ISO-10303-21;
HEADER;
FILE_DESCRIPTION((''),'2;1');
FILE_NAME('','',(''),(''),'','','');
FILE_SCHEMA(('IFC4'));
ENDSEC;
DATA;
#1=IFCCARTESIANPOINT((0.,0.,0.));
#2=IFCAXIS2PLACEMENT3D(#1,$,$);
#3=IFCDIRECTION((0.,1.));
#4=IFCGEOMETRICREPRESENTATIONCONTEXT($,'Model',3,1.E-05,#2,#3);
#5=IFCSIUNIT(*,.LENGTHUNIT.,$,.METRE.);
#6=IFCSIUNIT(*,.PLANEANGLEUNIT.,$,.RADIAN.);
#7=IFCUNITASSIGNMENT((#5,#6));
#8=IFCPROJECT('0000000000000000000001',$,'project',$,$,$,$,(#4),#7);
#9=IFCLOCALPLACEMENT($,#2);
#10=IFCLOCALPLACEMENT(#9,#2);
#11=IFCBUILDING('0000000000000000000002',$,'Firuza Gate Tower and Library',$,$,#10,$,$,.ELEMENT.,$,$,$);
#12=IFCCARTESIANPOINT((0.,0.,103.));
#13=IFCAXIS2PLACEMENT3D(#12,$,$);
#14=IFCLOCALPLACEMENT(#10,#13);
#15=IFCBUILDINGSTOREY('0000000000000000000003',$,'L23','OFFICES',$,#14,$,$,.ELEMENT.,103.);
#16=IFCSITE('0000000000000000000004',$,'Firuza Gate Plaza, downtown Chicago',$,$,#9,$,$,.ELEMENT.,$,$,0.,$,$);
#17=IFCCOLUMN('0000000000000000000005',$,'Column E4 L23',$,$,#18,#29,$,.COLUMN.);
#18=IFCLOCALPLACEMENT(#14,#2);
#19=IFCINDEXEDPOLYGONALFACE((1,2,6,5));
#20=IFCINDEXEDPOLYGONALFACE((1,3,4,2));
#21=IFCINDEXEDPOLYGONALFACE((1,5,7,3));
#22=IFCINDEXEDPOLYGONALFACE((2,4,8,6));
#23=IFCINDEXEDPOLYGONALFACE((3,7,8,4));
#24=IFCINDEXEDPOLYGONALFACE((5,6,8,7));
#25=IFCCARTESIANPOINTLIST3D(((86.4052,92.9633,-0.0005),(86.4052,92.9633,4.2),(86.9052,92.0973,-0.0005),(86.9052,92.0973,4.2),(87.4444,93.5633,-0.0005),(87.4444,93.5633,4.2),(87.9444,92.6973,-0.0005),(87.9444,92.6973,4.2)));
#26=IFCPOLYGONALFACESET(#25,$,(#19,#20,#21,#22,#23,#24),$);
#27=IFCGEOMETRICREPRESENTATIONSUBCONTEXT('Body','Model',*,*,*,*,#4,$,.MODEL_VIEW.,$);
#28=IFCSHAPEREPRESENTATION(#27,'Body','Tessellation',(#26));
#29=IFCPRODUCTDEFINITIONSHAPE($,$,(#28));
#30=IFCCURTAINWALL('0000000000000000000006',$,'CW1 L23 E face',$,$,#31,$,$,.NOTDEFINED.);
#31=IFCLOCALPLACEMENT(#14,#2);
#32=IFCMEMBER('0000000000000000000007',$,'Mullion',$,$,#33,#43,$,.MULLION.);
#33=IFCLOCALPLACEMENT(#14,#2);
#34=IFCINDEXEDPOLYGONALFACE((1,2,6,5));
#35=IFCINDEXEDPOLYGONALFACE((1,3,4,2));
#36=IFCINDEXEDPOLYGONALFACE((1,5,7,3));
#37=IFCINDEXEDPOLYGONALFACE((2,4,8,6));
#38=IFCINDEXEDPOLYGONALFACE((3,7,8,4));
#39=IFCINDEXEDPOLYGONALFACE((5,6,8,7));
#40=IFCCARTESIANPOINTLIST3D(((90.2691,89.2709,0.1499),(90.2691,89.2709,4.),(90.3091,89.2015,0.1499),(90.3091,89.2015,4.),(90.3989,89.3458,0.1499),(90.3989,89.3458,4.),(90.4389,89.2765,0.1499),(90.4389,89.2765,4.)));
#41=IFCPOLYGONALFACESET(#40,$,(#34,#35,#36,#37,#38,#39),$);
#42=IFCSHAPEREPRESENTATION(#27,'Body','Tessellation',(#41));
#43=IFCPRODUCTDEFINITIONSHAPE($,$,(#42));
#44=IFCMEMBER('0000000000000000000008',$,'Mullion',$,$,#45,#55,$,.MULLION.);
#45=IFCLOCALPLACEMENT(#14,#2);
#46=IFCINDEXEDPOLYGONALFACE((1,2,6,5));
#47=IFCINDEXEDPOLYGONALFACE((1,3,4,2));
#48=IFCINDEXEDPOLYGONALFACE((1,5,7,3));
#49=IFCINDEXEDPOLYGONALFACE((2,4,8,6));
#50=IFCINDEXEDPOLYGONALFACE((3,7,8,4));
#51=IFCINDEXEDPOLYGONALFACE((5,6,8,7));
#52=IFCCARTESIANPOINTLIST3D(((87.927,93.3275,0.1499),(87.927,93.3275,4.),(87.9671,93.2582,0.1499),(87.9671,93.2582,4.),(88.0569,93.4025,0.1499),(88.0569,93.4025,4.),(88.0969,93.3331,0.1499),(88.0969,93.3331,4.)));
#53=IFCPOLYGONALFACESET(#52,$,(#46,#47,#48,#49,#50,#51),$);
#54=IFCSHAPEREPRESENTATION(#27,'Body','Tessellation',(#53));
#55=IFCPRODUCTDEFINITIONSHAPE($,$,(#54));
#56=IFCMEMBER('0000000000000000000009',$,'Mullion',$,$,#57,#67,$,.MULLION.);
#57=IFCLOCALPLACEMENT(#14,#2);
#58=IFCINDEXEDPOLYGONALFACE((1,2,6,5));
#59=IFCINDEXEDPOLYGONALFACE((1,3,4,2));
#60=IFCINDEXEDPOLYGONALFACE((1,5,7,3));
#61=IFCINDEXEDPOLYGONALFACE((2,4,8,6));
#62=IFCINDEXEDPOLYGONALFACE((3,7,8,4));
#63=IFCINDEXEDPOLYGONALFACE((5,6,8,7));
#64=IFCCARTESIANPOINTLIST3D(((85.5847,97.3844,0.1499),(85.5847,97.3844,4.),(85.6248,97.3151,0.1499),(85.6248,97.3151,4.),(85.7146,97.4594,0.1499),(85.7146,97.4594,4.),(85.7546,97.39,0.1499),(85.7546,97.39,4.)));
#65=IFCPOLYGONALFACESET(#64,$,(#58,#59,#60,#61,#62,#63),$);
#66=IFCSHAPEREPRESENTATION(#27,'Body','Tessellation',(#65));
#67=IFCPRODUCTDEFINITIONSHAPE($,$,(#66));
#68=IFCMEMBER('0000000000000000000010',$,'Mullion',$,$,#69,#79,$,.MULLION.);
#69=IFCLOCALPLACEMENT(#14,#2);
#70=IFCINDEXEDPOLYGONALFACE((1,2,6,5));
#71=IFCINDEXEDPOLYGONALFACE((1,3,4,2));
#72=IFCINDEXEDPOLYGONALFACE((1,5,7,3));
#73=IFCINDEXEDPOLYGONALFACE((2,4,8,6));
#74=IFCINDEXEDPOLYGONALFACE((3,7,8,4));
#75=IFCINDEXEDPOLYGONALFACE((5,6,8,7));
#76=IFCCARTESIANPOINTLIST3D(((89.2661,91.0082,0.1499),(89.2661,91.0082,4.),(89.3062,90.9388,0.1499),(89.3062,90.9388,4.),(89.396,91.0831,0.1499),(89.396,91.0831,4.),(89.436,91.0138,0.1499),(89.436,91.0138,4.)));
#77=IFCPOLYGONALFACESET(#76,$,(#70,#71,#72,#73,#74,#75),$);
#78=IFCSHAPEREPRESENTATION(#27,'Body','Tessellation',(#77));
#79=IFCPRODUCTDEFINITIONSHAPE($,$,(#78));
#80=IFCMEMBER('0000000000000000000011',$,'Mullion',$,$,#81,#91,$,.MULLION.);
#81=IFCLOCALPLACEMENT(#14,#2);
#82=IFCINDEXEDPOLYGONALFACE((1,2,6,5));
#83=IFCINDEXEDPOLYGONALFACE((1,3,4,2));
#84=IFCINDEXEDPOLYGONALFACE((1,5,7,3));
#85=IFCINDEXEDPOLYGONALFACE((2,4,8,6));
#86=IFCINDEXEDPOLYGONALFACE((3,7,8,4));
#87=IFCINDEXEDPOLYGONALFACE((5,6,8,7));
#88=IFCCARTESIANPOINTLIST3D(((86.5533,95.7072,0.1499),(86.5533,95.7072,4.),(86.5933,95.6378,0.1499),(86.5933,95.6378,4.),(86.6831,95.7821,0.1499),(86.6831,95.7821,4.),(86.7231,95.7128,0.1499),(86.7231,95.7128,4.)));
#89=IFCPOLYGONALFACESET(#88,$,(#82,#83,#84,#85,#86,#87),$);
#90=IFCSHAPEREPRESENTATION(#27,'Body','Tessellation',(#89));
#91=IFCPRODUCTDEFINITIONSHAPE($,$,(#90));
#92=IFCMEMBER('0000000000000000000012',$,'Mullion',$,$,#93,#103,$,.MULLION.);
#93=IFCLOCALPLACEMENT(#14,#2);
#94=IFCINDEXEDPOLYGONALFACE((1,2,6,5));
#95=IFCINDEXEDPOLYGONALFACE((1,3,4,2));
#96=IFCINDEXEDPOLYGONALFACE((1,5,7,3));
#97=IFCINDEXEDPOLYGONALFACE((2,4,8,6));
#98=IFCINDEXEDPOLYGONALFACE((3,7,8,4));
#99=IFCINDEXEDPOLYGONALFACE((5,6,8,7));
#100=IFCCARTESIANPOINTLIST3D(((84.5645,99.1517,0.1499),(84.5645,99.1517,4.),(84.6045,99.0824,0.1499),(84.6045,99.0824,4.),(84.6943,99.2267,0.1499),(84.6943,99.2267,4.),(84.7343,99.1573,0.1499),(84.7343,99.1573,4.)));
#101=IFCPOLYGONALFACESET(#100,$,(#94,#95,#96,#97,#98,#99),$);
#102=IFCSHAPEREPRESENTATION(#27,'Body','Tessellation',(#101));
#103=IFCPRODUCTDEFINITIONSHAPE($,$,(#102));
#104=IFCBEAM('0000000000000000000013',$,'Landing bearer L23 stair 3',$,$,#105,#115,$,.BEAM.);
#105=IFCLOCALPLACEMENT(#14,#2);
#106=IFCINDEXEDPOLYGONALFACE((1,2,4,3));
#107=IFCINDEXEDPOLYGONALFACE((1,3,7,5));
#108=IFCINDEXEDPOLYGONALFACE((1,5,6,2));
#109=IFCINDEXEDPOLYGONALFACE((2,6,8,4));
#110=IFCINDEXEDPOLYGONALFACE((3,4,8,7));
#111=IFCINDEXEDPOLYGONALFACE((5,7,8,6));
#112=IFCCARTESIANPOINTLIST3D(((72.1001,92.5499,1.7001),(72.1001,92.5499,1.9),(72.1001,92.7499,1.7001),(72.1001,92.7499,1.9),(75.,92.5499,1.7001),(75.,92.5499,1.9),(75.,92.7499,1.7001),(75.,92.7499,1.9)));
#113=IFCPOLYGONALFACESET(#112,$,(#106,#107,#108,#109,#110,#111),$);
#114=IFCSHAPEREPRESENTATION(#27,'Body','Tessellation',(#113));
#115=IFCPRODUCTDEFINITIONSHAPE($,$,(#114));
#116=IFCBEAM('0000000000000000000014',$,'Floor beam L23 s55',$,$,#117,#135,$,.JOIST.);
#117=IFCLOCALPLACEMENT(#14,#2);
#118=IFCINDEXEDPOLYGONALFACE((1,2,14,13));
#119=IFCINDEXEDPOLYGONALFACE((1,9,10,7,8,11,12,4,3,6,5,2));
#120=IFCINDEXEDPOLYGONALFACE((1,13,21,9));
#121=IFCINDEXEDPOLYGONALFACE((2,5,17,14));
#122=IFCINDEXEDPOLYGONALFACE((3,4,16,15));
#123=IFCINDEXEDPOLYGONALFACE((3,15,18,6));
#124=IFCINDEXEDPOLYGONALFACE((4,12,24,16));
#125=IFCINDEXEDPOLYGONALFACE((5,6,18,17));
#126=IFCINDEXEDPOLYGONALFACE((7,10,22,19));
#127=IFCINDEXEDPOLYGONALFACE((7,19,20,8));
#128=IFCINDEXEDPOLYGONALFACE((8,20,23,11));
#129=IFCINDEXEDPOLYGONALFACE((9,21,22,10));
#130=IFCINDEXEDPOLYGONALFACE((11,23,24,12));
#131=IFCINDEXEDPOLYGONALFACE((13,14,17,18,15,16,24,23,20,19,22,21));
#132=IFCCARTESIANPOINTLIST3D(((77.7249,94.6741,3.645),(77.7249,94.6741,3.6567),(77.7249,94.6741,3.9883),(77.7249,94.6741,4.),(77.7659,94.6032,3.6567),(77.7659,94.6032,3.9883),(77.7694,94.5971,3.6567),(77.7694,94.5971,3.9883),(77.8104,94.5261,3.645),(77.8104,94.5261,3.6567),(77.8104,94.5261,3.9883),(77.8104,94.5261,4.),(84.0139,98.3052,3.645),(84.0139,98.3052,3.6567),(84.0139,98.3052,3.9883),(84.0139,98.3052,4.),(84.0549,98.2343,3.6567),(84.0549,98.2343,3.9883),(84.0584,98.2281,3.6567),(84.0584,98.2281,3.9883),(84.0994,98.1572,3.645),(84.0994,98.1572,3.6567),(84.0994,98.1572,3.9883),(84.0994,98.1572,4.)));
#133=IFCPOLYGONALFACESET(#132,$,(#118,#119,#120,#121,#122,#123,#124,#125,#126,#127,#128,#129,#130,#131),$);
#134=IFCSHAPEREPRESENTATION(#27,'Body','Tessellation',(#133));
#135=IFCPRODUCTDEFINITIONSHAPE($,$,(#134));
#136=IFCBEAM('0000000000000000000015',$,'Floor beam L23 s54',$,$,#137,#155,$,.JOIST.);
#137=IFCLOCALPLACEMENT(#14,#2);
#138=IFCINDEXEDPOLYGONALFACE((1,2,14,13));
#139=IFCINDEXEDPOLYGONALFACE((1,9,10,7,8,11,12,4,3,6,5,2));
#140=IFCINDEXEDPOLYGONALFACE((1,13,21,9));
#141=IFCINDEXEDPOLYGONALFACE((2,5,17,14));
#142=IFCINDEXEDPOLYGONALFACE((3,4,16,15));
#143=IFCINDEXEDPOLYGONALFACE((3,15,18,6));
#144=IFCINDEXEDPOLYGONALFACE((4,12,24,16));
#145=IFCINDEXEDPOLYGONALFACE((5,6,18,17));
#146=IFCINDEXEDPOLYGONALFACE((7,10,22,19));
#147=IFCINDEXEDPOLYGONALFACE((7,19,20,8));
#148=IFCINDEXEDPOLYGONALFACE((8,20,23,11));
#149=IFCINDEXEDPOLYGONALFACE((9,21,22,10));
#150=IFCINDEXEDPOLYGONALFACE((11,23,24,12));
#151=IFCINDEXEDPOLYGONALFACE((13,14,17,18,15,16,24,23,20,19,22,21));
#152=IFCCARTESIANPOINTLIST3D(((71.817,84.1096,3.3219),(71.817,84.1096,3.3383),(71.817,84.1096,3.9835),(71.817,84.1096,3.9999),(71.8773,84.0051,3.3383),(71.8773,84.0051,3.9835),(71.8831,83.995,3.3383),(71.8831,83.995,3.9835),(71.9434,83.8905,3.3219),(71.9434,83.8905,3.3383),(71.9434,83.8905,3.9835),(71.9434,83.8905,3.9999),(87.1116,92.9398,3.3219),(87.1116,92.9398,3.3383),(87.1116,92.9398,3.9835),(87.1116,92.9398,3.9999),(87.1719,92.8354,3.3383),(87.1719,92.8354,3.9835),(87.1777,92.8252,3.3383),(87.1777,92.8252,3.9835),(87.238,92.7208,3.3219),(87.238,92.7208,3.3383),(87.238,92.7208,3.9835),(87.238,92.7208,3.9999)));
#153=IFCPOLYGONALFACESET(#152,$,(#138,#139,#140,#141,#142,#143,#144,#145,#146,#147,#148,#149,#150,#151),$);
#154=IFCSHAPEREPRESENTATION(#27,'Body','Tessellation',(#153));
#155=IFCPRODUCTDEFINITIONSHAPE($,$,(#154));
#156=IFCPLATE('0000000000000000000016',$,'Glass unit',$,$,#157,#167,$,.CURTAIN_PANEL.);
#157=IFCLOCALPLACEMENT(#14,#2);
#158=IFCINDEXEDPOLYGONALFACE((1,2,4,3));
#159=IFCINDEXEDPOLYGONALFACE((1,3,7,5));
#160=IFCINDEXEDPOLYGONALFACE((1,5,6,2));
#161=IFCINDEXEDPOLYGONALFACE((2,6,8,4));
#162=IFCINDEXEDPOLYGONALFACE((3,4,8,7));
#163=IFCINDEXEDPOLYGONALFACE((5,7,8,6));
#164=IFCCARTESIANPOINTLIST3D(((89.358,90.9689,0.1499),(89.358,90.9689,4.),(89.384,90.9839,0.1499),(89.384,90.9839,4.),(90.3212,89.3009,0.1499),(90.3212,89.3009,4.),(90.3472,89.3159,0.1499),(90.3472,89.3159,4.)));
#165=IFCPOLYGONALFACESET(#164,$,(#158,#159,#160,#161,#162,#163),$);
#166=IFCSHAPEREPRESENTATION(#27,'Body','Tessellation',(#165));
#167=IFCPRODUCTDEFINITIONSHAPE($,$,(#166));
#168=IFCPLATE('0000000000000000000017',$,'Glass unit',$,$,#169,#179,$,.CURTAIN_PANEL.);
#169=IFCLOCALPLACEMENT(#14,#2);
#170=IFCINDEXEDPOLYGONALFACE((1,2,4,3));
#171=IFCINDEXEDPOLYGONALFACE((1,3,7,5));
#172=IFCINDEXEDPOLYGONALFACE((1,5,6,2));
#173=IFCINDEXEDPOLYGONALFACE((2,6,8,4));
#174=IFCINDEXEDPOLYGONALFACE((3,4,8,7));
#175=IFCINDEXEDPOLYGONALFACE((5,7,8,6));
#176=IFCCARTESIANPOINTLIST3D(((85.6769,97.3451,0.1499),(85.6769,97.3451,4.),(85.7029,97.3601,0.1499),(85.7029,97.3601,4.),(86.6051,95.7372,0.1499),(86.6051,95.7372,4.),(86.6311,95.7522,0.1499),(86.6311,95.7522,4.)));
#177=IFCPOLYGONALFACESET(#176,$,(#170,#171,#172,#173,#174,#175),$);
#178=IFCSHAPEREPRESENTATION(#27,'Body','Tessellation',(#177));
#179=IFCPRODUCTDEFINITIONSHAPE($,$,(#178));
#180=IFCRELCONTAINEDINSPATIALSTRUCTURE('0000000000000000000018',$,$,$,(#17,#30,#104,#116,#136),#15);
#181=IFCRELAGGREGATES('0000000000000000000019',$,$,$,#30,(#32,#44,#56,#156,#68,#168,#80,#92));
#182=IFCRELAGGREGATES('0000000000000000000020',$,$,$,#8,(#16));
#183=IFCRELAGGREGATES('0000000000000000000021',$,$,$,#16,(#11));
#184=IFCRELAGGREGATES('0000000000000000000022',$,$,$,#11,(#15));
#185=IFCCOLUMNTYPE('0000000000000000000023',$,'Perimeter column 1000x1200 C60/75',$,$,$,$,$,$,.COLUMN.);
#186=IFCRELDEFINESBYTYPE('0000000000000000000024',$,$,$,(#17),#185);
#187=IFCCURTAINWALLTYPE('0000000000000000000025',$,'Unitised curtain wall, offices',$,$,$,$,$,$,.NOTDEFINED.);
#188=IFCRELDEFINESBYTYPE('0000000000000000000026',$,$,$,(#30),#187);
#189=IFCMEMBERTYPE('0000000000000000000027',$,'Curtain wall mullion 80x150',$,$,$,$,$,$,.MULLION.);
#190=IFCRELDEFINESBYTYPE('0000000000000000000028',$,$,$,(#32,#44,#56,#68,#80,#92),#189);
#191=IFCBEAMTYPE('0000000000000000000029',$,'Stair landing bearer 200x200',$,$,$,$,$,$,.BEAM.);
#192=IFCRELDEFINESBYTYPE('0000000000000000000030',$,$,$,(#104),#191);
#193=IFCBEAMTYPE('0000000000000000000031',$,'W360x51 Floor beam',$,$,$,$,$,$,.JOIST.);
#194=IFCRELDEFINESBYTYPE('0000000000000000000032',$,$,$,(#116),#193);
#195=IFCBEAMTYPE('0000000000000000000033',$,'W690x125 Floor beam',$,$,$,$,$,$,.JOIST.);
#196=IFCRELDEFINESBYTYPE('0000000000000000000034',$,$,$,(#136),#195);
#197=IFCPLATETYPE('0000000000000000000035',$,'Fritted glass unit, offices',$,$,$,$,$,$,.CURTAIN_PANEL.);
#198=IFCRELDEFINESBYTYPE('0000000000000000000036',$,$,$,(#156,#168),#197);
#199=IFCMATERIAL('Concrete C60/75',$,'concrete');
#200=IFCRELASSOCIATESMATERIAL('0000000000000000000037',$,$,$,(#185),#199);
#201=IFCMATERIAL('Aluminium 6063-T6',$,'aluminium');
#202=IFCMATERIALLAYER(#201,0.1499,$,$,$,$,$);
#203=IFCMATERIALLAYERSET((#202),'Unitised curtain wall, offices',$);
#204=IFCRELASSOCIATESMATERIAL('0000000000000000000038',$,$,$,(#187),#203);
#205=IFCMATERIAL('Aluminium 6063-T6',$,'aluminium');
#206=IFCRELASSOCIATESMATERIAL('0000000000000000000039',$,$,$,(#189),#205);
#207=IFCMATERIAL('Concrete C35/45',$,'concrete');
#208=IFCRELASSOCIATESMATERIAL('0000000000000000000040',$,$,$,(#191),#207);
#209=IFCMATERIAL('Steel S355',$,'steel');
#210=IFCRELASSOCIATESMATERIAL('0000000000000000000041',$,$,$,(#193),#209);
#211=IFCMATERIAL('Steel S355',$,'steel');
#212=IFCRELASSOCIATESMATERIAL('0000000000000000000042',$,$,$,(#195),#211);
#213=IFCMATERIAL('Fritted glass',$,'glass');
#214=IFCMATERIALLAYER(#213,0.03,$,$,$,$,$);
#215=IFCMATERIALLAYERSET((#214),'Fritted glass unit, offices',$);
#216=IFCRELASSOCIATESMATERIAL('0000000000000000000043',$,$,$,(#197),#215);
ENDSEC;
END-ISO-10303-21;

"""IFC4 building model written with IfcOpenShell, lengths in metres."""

from ifc_helpers import new_model, si_unit, direction, frame, origin, origin_2d, place, context, subcontext, project, spatial, polyline, rectangle, i_section, outline, extrude, material, layer, layer_set, material_profile, profile_set, type_object, element, aggregate, save


model = new_model("IFC4")

# Units and contexts
model_context = context("Model", 3, precision=1e-05, world=origin(), true_north=direction((0.0, 1.0)))
body_context = subcontext(model_context, "Body", "Model", "MODEL_VIEW")
ifc_project = project(units=[si_unit("LENGTHUNIT", "METRE"), si_unit("PLANEANGLEUNIT", "RADIAN")], contexts=[model_context])

# Site, building, storey
site_placement = place(None, origin())
site = spatial("IfcSite", under=ifc_project, at=site_placement, Name="Firuza Gate Plaza, downtown Chicago", CompositionType="ELEMENT", RefElevation=0.0)
building_placement = place(site_placement, origin())
building = spatial("IfcBuilding", under=site, at=building_placement, Name="Firuza Gate Tower and Library", CompositionType="ELEMENT")
storey_placement = place(building_placement, frame((0.0, 0.0, 103.0)))
storey = spatial("IfcBuildingStorey", under=building, at=storey_placement, Name="L23", Description="OFFICES", CompositionType="ELEMENT", Elevation=103.0)

# Column
ifc_material_1 = material(Name="Concrete C60/75", Category="concrete")
ifc_material_profile_1 = material_profile(ifc_material_1, rectangle(XDim=1.0, YDim=1.2, at=origin_2d()))
ifc_profile_set_1 = profile_set([ifc_material_profile_1], Name="Concrete C60/75")
column_type = type_object("IfcColumnType", Name="Perimeter column 1000x1200 C60/75", PredefinedType="COLUMN", material=ifc_profile_set_1)
column_placement = place(storey_placement, frame((87.1748, 92.8303, -0.0005), z_axis=(0.0, 0.0, 1.0), x_axis=(-0.5, 0.866025, 0.0)))
element("IfcColumn", 1, at=column_placement, inside=storey, type_object=column_type, Name="Column E4 L23", PredefinedType="COLUMN", context=body_context, shape_type="SweptSolid", body=[
    extrude(rectangle(XDim=1.0, YDim=1.2, at=origin_2d()), origin(), (0.0, 0.0, 1.0), 4.2004),
])

# Curtain wall, members
ifc_material_2 = material(Name="Aluminium 6063-T6", Category="aluminium")
ifc_layer_1 = layer(ifc_material_2, 0.1499)
ifc_layer_set_1 = layer_set([ifc_layer_1], Name="Unitised curtain wall, offices")
curtain_wall_type = type_object("IfcCurtainWallType", Name="Unitised curtain wall, offices", PredefinedType="NOTDEFINED", material=ifc_layer_set_1)
curtain_wall_placement = place(storey_placement, origin())
curtain_wall = element("IfcCurtainWall", 2, at=curtain_wall_placement, inside=storey, type_object=curtain_wall_type, Name="CW1 L23 E face", PredefinedType="NOTDEFINED")
ifc_material_3 = material(Name="Aluminium 6063-T6", Category="aluminium")
ifc_material_profile_2 = material_profile(ifc_material_3, rectangle(XDim=0.1499, YDim=0.0801, at=origin_2d()))
ifc_profile_set_2 = profile_set([ifc_material_profile_2], Name="Aluminium 6063-T6")
member_type = type_object("IfcMemberType", Name="Curtain wall mullion 80x150", PredefinedType="MULLION", material=ifc_profile_set_2)
member_1_placement = place(storey_placement, frame((90.354, 89.2737, 0.1499), z_axis=(0.0, 0.0, 1.0), x_axis=(-0.866025, -0.5, 0.0)))
member_1 = element("IfcMember", 3, at=member_1_placement, type_object=member_type, Name="Mullion", PredefinedType="MULLION", context=body_context, shape_type="SweptSolid", body=[
    extrude(rectangle(XDim=0.1499, YDim=0.0801, at=origin_2d()), origin(), (0.0, 0.0, 1.0), 3.8501),
])
member_2_placement = place(storey_placement, frame((88.012, 93.3303, 0.1499), z_axis=(0.0, 0.0, 1.0), x_axis=(-0.866025, -0.5, 0.0)))
member_2 = element("IfcMember", 4, at=member_2_placement, type_object=member_type, Name="Mullion", PredefinedType="MULLION", context=body_context, shape_type="SweptSolid", body=[
    extrude(rectangle(XDim=0.1499, YDim=0.0801, at=origin_2d()), origin(), (0.0, 0.0, 1.0), 3.8501),
])
member_3_placement = place(storey_placement, frame((85.6697, 97.3872, 0.1499), z_axis=(0.0, 0.0, 1.0), x_axis=(-0.866025, -0.5, 0.0)))
member_3 = element("IfcMember", 5, at=member_3_placement, type_object=member_type, Name="Mullion", PredefinedType="MULLION", context=body_context, shape_type="SweptSolid", body=[
    extrude(rectangle(XDim=0.1499, YDim=0.0801, at=origin_2d()), origin(), (0.0, 0.0, 1.0), 3.8501),
])
member_4_placement = place(storey_placement, frame((89.3511, 91.011, 0.1499), z_axis=(0.0, 0.0, 1.0), x_axis=(-0.866025, -0.5, 0.0)))
member_4 = element("IfcMember", 6, at=member_4_placement, type_object=member_type, Name="Mullion", PredefinedType="MULLION", context=body_context, shape_type="SweptSolid", body=[
    extrude(rectangle(XDim=0.1499, YDim=0.0801, at=origin_2d()), origin(), (0.0, 0.0, 1.0), 3.8501),
])
member_5_placement = place(storey_placement, frame((86.6382, 95.71, 0.1499), z_axis=(0.0, 0.0, 1.0), x_axis=(-0.866025, -0.5, 0.0)))
member_5 = element("IfcMember", 7, at=member_5_placement, type_object=member_type, Name="Mullion", PredefinedType="MULLION", context=body_context, shape_type="SweptSolid", body=[
    extrude(rectangle(XDim=0.1499, YDim=0.0801, at=origin_2d()), origin(), (0.0, 0.0, 1.0), 3.8501),
])
member_6_placement = place(storey_placement, frame((84.6494, 99.1545, 0.1499), z_axis=(0.0, 0.0, 1.0), x_axis=(-0.866025, -0.5, 0.0)))
member_6 = element("IfcMember", 8, at=member_6_placement, type_object=member_type, Name="Mullion", PredefinedType="MULLION", context=body_context, shape_type="SweptSolid", body=[
    extrude(rectangle(XDim=0.1499, YDim=0.0801, at=origin_2d()), origin(), (0.0, 0.0, 1.0), 3.8501),
])

# Beams
ifc_material_4 = material(Name="Concrete C35/45", Category="concrete")
ifc_material_profile_3 = material_profile(ifc_material_4, rectangle(XDim=0.2, YDim=0.2, at=origin_2d()))
ifc_profile_set_3 = profile_set([ifc_material_profile_3], Name="Concrete C35/45")
beam_type_1 = type_object("IfcBeamType", Name="Stair landing bearer 200x200", PredefinedType="BEAM", material=ifc_profile_set_3)
beam_1_placement = place(storey_placement, frame((75.0, 92.6499, 1.8), z_axis=(-1.0, 0.0, 0.0), x_axis=(0.0, -1.0, 0.0)))
element("IfcBeam", 9, at=beam_1_placement, inside=storey, type_object=beam_type_1, Name="Landing bearer L23 stair 3", PredefinedType="BEAM", context=body_context, shape_type="SweptSolid", body=[
    extrude(rectangle(XDim=0.2, YDim=0.2, at=origin_2d()), origin(), (0.0, 0.0, 1.0), 2.8999),
])
ifc_material_5 = material(Name="Steel S355", Category="steel")
ifc_material_profile_4 = material_profile(ifc_material_5, i_section(OverallWidth=0.1709, OverallDepth=0.355, WebThickness=0.0071, FlangeThickness=0.0117, at=origin_2d()))
ifc_profile_set_4 = profile_set([ifc_material_profile_4], Name="Steel S355")
beam_type_2 = type_object("IfcBeamType", Name="W360x51 Floor beam", PredefinedType="JOIST", material=ifc_profile_set_4)
beam_2_placement = place(storey_placement, frame((84.0566, 98.2312, 3.8225), z_axis=(-0.866019, -0.500012, 0.0), x_axis=(0.500012, -0.866019, 0.0)))
element("IfcBeam", 10, at=beam_2_placement, inside=storey, type_object=beam_type_2, Name="Floor beam L23 s55", PredefinedType="JOIST", context=body_context, shape_type="SweptSolid", body=[
    extrude(i_section(OverallWidth=0.1709, OverallDepth=0.355, WebThickness=0.0071, FlangeThickness=0.0117, at=origin_2d()), origin(), (0.0, 0.0, 1.0), 7.262),
])
ifc_material_6 = material(Name="Steel S355", Category="steel")
ifc_material_profile_5 = material_profile(ifc_material_6, i_section(OverallWidth=0.2529, OverallDepth=0.678, WebThickness=0.0117, FlangeThickness=0.0164, at=origin_2d()))
ifc_profile_set_5 = profile_set([ifc_material_profile_5], Name="Steel S355")
beam_type_3 = type_object("IfcBeamType", Name="W690x125 Floor beam", PredefinedType="JOIST", material=ifc_profile_set_5)
beam_3_placement = place(storey_placement, frame((87.1748, 92.8303, 3.6609), z_axis=(-0.866027, -0.499997, 0.0), x_axis=(0.499997, -0.866027, 0.0)))
element("IfcBeam", 11, at=beam_3_placement, inside=storey, type_object=beam_type_3, Name="Floor beam L23 s54", PredefinedType="JOIST", context=body_context, shape_type="SweptSolid", body=[
    extrude(i_section(OverallWidth=0.2529, OverallDepth=0.678, WebThickness=0.0117, FlangeThickness=0.0164, at=origin_2d()), origin(), (0.0, 0.0, 1.0), 17.6606),
])

# Plates
ifc_material_7 = material(Name="Fritted glass", Category="glass")
ifc_layer_2 = layer(ifc_material_7, 0.03)
ifc_layer_set_2 = layer_set([ifc_layer_2], Name="Fritted glass unit, offices")
plate_type_1 = type_object("IfcPlateType", Name="Fritted glass unit, offices", PredefinedType="CURTAIN_PANEL", material=ifc_layer_set_2)
plate_1_placement = place(storey_placement, frame((90.3472, 89.3159, 0.1499), z_axis=(0.865996, 0.500052, 0.0), x_axis=(-0.500052, 0.865996, 0.0)))
plate_1 = element("IfcPlate", 12, at=plate_1_placement, type_object=plate_type_1, Name="Glass unit", PredefinedType="CURTAIN_PANEL", context=body_context, shape_type="SweptSolid", body=[
    extrude(outline(polyline([(0.0, 0.0), (1.9261, 0.0), (1.9261, 3.8501), (0.0, 3.8501), (0.0, 0.0)])), origin(), (0.0, 0.0, -1.0), 0.03),
])
plate_2_placement = place(storey_placement, frame((86.6311, 95.7522, 0.1499), z_axis=(0.86605, 0.499958, 0.0), x_axis=(-0.499958, 0.86605, 0.0)))
plate_2 = element("IfcPlate", 13, at=plate_2_placement, type_object=plate_type_1, Name="Glass unit", PredefinedType="CURTAIN_PANEL", context=body_context, shape_type="SweptSolid", body=[
    extrude(outline(polyline([(0.0, 0.0), (1.8566, 0.0), (1.8566, 3.8501), (0.0, 3.8501), (0.0, 0.0)])), origin(), (0.0, 0.0, -1.0), 0.03),
])
aggregate(curtain_wall, [member_1, member_2, member_3, plate_1, member_4, plate_2, member_5, member_6])

save(model, "model.ifc")
